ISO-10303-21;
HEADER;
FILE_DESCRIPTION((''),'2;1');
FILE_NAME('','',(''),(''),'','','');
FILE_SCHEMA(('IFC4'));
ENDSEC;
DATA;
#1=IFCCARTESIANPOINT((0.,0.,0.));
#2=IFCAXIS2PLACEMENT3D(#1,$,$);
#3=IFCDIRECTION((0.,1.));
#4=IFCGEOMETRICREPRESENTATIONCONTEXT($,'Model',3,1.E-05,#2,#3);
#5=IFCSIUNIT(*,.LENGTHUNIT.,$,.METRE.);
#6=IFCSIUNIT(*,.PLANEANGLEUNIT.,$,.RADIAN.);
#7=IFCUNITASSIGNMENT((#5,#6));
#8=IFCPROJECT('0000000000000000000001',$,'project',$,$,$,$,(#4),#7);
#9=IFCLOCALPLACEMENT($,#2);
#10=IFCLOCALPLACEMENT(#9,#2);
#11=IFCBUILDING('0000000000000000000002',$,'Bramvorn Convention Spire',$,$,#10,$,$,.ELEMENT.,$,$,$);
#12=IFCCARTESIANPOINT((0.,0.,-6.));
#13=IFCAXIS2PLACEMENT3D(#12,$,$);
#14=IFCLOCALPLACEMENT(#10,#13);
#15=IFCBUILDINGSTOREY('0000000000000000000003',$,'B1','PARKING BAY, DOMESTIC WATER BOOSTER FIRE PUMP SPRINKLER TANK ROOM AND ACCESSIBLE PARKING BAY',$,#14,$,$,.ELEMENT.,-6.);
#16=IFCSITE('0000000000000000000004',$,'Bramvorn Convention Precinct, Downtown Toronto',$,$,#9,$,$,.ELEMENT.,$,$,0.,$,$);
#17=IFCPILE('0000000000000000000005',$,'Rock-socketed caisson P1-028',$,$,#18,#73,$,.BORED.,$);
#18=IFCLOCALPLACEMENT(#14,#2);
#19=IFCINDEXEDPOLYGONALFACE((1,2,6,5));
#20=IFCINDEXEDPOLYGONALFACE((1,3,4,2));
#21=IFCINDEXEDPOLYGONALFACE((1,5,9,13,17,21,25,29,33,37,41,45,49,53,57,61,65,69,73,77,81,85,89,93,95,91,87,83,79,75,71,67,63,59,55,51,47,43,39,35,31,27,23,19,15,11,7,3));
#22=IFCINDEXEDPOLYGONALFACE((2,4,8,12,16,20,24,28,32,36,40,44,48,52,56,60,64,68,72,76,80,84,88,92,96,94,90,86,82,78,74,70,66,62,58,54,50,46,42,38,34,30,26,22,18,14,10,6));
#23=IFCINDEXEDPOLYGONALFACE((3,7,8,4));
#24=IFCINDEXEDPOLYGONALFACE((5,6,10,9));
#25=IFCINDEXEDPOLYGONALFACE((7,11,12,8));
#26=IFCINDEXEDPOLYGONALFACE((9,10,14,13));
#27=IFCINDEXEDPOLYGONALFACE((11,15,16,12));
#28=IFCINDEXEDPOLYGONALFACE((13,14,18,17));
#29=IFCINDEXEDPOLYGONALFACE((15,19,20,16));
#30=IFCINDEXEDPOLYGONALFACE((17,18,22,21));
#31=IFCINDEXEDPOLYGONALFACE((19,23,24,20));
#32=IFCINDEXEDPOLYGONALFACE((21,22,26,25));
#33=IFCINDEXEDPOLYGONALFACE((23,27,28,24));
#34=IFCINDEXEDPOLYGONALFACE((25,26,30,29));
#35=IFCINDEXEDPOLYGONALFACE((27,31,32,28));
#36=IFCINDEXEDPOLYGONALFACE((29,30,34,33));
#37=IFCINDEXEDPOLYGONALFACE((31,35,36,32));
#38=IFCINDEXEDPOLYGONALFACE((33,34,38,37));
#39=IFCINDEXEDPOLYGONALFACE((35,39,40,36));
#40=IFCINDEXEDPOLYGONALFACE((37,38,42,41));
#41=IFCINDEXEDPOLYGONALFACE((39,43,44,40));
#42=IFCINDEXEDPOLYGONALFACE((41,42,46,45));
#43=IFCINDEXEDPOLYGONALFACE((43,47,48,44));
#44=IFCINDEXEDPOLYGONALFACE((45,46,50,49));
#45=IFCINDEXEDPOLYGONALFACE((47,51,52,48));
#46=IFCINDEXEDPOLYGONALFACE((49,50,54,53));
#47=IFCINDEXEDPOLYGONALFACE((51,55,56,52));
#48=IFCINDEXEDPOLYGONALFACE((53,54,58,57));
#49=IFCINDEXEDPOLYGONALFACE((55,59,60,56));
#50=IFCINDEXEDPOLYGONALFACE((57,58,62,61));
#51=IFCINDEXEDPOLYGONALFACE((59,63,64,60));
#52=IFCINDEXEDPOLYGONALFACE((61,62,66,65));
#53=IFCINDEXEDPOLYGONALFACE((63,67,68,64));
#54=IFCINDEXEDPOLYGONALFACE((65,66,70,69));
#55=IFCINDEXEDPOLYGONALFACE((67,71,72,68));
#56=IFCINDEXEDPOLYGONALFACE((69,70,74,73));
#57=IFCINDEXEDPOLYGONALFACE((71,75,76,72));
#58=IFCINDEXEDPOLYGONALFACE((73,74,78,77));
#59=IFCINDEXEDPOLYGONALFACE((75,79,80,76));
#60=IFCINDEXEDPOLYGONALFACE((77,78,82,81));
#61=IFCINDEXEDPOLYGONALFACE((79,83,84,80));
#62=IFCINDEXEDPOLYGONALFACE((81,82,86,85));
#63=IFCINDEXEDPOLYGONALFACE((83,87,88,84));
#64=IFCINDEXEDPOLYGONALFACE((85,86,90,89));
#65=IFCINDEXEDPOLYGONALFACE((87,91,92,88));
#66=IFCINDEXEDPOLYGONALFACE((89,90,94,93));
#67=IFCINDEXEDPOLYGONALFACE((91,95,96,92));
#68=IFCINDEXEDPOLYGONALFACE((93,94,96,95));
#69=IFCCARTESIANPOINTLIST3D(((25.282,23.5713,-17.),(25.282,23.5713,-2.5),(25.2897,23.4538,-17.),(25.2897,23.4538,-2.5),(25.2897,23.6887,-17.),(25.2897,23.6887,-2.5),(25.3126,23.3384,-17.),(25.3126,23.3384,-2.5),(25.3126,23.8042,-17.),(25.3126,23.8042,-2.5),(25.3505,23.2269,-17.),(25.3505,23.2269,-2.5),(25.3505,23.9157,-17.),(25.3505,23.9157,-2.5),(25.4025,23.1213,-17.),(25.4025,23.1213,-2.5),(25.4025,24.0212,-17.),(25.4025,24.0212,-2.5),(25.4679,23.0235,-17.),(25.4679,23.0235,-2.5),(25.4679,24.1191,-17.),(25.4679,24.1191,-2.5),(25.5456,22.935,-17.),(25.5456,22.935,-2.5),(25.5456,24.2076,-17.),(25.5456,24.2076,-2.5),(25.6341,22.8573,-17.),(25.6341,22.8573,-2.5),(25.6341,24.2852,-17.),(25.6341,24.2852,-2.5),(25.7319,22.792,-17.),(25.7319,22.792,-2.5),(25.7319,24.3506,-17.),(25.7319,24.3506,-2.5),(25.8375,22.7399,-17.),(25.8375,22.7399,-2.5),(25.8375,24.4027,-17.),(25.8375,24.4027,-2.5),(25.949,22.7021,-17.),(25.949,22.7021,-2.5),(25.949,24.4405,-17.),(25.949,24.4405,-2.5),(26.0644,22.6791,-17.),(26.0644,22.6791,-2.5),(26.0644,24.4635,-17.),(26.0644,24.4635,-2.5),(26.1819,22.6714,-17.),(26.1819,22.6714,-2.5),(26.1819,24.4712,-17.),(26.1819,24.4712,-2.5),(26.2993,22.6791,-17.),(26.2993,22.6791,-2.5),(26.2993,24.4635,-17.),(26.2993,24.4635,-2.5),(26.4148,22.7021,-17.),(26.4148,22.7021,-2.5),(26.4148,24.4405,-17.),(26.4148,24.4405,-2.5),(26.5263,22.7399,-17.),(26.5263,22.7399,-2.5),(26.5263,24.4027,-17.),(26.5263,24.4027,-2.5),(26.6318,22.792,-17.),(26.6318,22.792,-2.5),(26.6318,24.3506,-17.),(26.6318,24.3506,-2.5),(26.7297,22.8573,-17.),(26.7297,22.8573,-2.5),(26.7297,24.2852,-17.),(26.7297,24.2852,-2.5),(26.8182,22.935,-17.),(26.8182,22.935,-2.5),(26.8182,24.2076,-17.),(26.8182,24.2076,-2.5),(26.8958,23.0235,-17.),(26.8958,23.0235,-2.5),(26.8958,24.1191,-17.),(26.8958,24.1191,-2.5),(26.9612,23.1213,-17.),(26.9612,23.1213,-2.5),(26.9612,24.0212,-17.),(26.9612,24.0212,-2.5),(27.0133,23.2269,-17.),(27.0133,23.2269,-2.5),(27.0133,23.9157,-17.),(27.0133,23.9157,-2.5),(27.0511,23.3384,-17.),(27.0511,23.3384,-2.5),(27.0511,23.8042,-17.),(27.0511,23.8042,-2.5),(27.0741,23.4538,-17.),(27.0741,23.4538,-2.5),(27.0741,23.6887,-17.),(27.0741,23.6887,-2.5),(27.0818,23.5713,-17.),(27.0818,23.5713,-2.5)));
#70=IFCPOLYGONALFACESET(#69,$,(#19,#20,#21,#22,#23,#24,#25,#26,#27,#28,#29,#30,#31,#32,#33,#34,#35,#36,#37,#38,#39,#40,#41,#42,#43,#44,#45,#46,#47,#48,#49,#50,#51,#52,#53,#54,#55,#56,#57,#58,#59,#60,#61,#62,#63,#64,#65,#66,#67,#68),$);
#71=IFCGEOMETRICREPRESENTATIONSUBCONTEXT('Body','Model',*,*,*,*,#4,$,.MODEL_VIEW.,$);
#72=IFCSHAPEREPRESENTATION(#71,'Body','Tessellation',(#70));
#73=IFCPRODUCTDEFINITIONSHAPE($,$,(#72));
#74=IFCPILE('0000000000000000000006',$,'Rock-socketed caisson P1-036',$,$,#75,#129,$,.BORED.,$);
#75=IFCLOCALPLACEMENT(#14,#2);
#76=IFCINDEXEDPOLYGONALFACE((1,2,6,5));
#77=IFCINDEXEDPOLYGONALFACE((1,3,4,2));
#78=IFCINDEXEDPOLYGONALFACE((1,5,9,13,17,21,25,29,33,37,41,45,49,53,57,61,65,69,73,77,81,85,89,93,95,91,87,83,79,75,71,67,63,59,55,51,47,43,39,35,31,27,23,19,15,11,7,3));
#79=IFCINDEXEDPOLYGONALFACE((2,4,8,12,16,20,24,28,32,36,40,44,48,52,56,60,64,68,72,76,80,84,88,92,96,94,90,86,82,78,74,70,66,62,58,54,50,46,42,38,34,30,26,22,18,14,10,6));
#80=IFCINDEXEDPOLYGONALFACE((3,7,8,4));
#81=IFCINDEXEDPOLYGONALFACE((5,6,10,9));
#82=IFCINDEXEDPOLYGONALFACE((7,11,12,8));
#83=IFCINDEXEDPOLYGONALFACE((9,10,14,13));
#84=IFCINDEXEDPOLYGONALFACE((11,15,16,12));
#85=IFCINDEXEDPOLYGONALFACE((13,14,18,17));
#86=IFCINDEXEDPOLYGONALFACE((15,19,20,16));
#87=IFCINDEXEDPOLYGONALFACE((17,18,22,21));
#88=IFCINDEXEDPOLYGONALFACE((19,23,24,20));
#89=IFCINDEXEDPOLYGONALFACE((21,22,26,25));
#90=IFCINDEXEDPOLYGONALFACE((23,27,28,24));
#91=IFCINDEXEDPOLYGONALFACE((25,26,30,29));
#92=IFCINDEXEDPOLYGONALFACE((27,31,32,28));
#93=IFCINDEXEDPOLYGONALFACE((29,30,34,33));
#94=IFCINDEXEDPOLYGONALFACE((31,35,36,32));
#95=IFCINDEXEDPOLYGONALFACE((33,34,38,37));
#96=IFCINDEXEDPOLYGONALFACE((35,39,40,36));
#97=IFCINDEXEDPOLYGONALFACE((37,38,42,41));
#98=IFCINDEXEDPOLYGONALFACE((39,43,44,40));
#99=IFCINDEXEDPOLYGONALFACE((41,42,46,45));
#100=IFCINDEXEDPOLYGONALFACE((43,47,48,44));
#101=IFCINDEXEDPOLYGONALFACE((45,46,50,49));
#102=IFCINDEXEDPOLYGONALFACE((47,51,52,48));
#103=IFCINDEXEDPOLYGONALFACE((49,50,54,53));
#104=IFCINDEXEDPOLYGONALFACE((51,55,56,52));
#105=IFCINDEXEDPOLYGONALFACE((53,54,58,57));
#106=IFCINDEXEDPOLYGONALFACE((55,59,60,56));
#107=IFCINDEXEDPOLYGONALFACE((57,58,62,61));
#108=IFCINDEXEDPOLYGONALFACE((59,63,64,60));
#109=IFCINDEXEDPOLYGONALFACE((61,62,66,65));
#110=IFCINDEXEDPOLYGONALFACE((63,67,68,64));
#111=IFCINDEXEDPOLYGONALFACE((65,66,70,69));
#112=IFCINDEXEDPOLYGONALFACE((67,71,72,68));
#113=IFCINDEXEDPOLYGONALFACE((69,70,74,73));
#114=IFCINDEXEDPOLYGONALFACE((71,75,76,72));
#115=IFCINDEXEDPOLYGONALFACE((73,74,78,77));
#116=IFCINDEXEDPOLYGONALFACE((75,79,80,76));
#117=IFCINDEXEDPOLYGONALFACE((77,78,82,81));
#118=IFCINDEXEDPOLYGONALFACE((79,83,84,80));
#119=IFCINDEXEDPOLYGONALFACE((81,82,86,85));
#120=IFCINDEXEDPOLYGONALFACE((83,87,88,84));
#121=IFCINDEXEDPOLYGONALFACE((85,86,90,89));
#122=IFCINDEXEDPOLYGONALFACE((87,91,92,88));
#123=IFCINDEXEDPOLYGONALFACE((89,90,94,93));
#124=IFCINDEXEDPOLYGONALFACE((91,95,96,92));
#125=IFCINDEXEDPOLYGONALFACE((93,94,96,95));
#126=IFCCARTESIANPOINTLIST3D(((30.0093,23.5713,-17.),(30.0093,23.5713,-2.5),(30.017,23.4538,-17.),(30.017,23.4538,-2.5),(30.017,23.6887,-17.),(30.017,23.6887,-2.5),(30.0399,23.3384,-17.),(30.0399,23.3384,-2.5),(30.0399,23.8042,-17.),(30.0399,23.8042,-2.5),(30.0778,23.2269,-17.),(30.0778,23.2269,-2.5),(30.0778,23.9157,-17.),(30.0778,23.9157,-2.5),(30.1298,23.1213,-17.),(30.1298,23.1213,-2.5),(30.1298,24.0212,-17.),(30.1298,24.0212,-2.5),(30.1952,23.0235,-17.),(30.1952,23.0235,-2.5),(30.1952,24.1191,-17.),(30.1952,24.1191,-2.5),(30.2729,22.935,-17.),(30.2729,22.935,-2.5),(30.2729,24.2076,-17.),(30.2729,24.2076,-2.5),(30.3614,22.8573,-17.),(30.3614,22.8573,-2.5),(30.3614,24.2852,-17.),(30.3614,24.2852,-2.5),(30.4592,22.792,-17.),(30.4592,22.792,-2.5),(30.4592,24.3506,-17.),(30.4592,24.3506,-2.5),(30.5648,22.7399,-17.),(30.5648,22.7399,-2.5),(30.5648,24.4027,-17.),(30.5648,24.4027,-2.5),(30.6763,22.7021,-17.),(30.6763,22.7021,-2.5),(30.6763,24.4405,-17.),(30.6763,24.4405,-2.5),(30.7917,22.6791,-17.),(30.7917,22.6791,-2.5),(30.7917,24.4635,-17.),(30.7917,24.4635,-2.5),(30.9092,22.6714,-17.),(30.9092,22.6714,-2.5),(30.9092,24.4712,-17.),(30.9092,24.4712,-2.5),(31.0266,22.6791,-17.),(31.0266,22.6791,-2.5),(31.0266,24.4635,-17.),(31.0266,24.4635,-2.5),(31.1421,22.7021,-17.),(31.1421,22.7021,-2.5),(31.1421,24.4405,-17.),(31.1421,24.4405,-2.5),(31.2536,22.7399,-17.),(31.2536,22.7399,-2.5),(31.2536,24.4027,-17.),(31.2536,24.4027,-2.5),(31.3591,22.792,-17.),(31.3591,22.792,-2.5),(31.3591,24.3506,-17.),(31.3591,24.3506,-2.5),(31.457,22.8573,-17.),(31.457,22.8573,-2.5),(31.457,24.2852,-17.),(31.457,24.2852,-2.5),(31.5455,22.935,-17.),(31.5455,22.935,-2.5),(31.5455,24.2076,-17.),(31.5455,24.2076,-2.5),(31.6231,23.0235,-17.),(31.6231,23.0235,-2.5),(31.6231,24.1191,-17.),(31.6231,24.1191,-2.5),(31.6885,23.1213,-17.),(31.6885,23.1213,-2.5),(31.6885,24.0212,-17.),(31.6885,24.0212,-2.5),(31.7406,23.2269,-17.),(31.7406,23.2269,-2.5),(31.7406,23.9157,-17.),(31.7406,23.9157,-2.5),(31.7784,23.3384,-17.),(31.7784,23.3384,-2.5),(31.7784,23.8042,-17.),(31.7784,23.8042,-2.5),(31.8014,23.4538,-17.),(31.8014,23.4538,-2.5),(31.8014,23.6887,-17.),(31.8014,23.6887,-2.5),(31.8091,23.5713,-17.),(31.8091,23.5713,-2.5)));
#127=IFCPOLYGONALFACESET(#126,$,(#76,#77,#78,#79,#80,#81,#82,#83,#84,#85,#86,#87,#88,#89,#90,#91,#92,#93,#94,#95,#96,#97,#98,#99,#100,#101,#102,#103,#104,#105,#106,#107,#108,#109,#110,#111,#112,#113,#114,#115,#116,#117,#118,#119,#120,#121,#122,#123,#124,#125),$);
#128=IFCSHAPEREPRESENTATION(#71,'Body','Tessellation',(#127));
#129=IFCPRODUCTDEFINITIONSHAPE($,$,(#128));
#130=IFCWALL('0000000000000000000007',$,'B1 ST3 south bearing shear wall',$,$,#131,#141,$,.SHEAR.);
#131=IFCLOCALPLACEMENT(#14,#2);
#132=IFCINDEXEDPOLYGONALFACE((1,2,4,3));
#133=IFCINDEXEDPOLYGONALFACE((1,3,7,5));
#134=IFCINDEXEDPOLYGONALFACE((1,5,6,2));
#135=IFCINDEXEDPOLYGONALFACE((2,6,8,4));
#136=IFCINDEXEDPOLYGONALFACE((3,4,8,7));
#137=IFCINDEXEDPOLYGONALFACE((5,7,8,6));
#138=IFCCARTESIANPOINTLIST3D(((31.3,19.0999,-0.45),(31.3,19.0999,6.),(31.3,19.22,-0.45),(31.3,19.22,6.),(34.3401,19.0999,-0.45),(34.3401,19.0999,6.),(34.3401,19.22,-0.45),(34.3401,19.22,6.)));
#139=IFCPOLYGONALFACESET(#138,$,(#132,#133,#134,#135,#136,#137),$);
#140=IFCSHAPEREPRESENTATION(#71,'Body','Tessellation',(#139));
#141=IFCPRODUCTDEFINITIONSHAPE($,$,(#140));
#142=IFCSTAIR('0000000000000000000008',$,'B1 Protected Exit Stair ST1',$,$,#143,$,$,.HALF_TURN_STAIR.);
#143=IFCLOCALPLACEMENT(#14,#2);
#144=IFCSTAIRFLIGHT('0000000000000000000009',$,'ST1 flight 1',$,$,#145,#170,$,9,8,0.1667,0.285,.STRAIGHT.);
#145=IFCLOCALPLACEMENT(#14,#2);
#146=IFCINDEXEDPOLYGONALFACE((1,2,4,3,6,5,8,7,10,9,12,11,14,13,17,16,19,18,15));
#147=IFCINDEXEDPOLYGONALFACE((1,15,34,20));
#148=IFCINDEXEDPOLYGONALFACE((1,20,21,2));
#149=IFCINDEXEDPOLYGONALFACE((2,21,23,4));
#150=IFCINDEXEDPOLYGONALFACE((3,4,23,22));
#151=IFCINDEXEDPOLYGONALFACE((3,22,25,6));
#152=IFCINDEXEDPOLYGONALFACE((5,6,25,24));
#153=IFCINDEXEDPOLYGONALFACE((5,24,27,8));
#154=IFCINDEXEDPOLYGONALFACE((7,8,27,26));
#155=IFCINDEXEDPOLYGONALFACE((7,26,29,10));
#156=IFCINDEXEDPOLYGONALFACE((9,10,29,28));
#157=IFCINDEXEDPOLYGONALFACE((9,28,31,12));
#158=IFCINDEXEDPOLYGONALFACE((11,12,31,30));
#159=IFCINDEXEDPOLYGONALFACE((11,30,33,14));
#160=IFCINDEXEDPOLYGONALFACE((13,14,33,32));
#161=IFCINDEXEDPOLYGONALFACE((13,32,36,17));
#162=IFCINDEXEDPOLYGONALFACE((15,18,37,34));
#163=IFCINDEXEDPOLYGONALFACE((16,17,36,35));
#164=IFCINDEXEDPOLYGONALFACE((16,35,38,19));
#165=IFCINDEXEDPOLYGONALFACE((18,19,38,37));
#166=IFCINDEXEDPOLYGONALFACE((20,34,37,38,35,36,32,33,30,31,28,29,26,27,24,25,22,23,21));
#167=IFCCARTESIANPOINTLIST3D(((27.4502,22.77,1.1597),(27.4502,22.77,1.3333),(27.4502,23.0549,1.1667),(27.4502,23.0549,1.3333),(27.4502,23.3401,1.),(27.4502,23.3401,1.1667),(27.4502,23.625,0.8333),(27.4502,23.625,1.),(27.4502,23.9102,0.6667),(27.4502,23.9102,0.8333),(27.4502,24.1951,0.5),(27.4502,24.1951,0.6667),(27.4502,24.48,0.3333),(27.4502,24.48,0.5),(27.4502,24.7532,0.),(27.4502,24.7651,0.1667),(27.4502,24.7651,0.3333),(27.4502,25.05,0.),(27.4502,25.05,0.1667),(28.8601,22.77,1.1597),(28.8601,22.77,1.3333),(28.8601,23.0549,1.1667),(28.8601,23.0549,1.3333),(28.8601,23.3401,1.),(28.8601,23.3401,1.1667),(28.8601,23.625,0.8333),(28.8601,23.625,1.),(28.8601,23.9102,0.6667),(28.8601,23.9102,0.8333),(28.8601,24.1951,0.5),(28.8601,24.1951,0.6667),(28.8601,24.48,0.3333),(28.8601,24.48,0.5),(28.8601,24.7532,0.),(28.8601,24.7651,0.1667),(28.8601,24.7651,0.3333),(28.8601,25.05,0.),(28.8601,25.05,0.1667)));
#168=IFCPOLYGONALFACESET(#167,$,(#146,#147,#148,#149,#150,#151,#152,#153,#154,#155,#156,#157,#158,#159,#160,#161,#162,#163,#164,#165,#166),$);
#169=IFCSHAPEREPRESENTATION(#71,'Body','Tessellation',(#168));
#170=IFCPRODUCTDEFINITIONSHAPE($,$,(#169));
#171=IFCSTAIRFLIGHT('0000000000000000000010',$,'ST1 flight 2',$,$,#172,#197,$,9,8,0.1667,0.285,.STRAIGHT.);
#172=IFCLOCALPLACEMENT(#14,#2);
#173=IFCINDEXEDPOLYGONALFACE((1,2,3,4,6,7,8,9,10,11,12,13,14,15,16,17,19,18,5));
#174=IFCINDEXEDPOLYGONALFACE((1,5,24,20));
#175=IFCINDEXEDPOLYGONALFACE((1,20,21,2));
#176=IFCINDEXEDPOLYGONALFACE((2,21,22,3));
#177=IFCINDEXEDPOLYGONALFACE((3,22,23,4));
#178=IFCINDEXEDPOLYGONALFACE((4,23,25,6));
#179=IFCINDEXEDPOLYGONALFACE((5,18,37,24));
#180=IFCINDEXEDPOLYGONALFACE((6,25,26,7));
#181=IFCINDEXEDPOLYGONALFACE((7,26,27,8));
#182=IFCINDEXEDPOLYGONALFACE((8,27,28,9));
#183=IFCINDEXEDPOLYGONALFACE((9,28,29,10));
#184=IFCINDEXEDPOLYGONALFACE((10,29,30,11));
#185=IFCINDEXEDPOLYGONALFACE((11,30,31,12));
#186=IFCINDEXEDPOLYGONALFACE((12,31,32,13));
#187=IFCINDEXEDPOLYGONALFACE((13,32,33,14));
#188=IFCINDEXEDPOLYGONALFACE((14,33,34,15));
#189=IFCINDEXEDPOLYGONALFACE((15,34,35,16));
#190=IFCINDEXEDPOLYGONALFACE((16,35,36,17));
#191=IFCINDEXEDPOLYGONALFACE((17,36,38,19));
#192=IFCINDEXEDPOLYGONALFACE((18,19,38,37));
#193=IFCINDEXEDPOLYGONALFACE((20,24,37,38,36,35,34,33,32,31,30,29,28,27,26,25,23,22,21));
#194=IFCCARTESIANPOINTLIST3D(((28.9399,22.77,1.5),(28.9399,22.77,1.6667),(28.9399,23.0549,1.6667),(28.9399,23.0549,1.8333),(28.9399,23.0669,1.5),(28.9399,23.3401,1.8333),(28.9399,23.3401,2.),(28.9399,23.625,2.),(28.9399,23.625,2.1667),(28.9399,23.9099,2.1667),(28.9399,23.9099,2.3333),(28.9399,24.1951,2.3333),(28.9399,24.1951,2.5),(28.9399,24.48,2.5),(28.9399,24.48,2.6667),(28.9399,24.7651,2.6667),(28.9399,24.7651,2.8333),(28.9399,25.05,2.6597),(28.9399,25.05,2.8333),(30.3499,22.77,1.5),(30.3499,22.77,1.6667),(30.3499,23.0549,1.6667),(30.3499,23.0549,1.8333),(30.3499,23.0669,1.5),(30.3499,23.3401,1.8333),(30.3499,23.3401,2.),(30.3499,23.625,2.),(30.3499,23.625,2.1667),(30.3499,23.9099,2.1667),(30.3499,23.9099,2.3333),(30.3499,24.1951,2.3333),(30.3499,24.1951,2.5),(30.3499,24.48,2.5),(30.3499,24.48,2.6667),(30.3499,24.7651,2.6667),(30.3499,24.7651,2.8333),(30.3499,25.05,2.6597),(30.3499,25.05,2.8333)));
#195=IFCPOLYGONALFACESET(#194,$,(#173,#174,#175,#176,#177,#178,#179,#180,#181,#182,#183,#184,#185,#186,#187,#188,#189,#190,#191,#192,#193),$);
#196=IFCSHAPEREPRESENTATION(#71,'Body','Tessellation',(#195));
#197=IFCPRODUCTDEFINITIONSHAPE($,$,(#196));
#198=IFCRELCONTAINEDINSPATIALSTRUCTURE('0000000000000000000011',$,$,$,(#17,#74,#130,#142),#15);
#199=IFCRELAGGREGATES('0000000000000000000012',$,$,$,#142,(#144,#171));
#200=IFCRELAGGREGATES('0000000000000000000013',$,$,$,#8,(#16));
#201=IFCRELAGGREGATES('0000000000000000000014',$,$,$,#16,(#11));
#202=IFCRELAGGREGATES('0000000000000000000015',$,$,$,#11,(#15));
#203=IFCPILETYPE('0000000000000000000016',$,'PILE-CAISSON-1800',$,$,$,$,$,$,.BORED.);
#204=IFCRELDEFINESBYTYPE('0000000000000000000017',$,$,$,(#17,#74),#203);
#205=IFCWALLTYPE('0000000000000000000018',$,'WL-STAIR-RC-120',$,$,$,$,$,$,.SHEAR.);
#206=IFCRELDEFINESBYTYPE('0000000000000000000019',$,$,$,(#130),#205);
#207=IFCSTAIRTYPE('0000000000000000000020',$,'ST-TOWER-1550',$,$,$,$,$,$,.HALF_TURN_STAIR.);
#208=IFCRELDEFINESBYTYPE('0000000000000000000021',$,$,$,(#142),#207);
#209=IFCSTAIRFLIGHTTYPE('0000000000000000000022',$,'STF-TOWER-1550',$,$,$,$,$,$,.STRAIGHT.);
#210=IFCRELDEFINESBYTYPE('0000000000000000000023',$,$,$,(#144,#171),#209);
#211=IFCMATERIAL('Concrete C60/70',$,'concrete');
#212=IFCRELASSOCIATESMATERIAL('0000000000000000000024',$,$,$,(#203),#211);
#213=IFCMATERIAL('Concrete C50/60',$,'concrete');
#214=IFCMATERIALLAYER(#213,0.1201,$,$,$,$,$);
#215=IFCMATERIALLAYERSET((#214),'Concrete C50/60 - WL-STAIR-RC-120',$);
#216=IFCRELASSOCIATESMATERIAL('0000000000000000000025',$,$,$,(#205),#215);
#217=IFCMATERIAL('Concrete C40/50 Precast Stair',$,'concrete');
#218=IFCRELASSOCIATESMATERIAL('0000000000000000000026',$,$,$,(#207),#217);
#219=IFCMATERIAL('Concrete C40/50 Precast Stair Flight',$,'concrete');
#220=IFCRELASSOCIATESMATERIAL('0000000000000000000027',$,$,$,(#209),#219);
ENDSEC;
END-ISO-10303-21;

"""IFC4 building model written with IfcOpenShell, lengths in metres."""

from ifc_helpers import new_model, si_unit, direction, frame, frame_2d, origin, origin_2d, place, context, subcontext, project, spatial, polyline, rectangle, circle, outline, extrude, material, layer, layer_set, material_profile, profile_set, type_object, element, aggregate, save


model = new_model("IFC4")

# Units and contexts
model_context = context("Model", 3, precision=1e-05, world=origin(), true_north=direction((0.0, 1.0)))
body_context = subcontext(model_context, "Body", "Model", "MODEL_VIEW")
ifc_project = project(units=[si_unit("LENGTHUNIT", "METRE"), si_unit("PLANEANGLEUNIT", "RADIAN")], contexts=[model_context])

# Site, building, storey
site_placement = place(None, origin())
site = spatial("IfcSite", under=ifc_project, at=site_placement, Name="Bramvorn Convention Precinct, Downtown Toronto", CompositionType="ELEMENT", RefElevation=0.0)
building_placement = place(site_placement, origin())
building = spatial("IfcBuilding", under=site, at=building_placement, Name="Bramvorn Convention Spire", CompositionType="ELEMENT")
storey_placement = place(building_placement, frame((0.0, 0.0, -6.0)))
storey = spatial("IfcBuildingStorey", under=building, at=storey_placement, Name="B1", Description="PARKING BAY, DOMESTIC WATER BOOSTER FIRE PUMP SPRINKLER TANK ROOM AND ACCESSIBLE PARKING BAY", CompositionType="ELEMENT", Elevation=-6.0)

# Piles
ifc_material_1 = material(Name="Concrete C60/70", Category="concrete")
ifc_material_profile = material_profile(ifc_material_1, circle(Radius=0.8999, at=origin_2d()))
ifc_profile_set = profile_set([ifc_material_profile], Name="Concrete C60/70 - CAISSON1800")
pile_type = type_object("IfcPileType", Name="PILE-CAISSON-1800", PredefinedType="BORED", material=ifc_profile_set)
for number, where, z_axis, x_axis, name in (
    (1, (26.1819, 23.5713, -2.5), (0.0, 0.0, -1.0), (1.0, 0.0, 0.0), "Rock-socketed caisson P1-028"),
    (2, (30.9092, 23.5713, -2.5), (0.0, 0.0, -1.0), (1.0, 0.0, 0.0), "Rock-socketed caisson P1-036"),
):
    element("IfcPile", number, at=place(storey_placement, frame(where, z_axis=z_axis, x_axis=x_axis)), inside=storey, type_object=pile_type, Name=name, PredefinedType="BORED", context=body_context, shape_type="SweptSolid", body=[
        extrude(circle(Radius=0.8999, at=origin_2d()), origin(), (0.0, 0.0, 1.0), 14.5),
    ])

# Wall
ifc_material_2 = material(Name="Concrete C50/60", Category="concrete")
ifc_layer = layer(ifc_material_2, 0.1201)
ifc_layer_set = layer_set([ifc_layer], Name="Concrete C50/60 - WL-STAIR-RC-120")
wall_type = type_object("IfcWallType", Name="WL-STAIR-RC-120", PredefinedType="SHEAR", material=ifc_layer_set)
wall_placement = place(storey_placement, frame((31.3, 19.1599, -0.45), z_axis=(0.0, 0.0, 1.0), x_axis=(1.0, 0.0, 0.0)))
element("IfcWall", 3, at=wall_placement, inside=storey, type_object=wall_type, Name="B1 ST3 south bearing shear wall", PredefinedType="SHEAR", context=body_context, shape_type="SweptSolid", body=[
    extrude(rectangle(XDim=3.04, YDim=0.1201, at=frame_2d((1.52, 0.0))), origin(), (0.0, 0.0, 1.0), 6.45),
])

# Stair, stair flights
ifc_material_3 = material(Name="Concrete C40/50 Precast Stair", Category="concrete")
stair_type = type_object("IfcStairType", Name="ST-TOWER-1550", PredefinedType="HALF_TURN_STAIR", material=ifc_material_3)
stair_1_placement = place(storey_placement, origin())
stair_1 = element("IfcStair", 4, at=stair_1_placement, inside=storey, type_object=stair_type, Name="B1 Protected Exit Stair ST1", PredefinedType="HALF_TURN_STAIR")
ifc_material_4 = material(Name="Concrete C40/50 Precast Stair Flight", Category="concrete")
stair_flight_type = type_object("IfcStairFlightType", Name="STF-TOWER-1550", PredefinedType="STRAIGHT", material=ifc_material_4)
stair_flight_1_placement = place(storey_placement, frame((28.155, 25.05, 0.0), z_axis=(0.0, 0.0, 1.0), x_axis=(0.0, -1.0, 0.0)))
stair_flight_1 = element("IfcStairFlight", 5, at=stair_flight_1_placement, type_object=stair_flight_type, Name="ST1 flight 1", NumberOfRisers=9, NumberOfTreads=8, PredefinedType="STRAIGHT", RiserHeight=0.1667, TreadLength=0.285, context=body_context, shape_type="SweptSolid", body=[
    extrude(outline(polyline([(0.0, 0.0), (0.0, 0.1667), (0.2849, 0.1667), (0.2849, 0.3333), (0.5701, 0.3333), (0.5701, 0.5), (0.855, 0.5), (0.855, 0.6667), (1.1399, 0.6667), (1.1399, 0.8333), (1.425, 0.8333), (1.425, 1.0), (1.71, 1.0), (1.71, 1.1667), (1.9951, 1.1667), (1.9951, 1.3333), (2.28, 1.3333), (2.28, 1.5), (2.28, 1.1597), (0.2969, 0.0), (0.0, 0.0)])), frame((0.0, 0.7051, 0.0), z_axis=(0.0, -1.0, 0.0), x_axis=(1.0, 0.0, 0.0)), (0.0, 0.0, 1.0), 1.4099),
])
stair_flight_2_placement = place(storey_placement, frame((29.645, 22.77, 1.5), z_axis=(0.0, 0.0, 1.0), x_axis=(0.0, 1.0, 0.0)))
stair_flight_2 = element("IfcStairFlight", 6, at=stair_flight_2_placement, type_object=stair_flight_type, Name="ST1 flight 2", NumberOfRisers=9, NumberOfTreads=8, PredefinedType="STRAIGHT", RiserHeight=0.1667, TreadLength=0.285, context=body_context, shape_type="SweptSolid", body=[
    extrude(outline(polyline([(0.0, 0.0), (0.0, 0.1667), (0.2849, 0.1667), (0.2849, 0.3333), (0.5701, 0.3333), (0.5701, 0.5), (0.855, 0.5), (0.855, 0.6667), (1.1399, 0.6667), (1.1399, 0.8333), (1.425, 0.8333), (1.425, 1.0), (1.71, 1.0), (1.71, 1.1667), (1.9951, 1.1667), (1.9951, 1.3333), (2.28, 1.3333), (2.28, 1.5), (2.28, 1.1597), (0.2969, 0.0), (0.0, 0.0)])), frame((0.0, 0.7051, 0.0), z_axis=(0.0, -1.0, 0.0), x_axis=(1.0, 0.0, 0.0)), (0.0, 0.0, 1.0), 1.4099),
])
aggregate(stair_1, [stair_flight_1, stair_flight_2])

save(model, "model.ifc")
